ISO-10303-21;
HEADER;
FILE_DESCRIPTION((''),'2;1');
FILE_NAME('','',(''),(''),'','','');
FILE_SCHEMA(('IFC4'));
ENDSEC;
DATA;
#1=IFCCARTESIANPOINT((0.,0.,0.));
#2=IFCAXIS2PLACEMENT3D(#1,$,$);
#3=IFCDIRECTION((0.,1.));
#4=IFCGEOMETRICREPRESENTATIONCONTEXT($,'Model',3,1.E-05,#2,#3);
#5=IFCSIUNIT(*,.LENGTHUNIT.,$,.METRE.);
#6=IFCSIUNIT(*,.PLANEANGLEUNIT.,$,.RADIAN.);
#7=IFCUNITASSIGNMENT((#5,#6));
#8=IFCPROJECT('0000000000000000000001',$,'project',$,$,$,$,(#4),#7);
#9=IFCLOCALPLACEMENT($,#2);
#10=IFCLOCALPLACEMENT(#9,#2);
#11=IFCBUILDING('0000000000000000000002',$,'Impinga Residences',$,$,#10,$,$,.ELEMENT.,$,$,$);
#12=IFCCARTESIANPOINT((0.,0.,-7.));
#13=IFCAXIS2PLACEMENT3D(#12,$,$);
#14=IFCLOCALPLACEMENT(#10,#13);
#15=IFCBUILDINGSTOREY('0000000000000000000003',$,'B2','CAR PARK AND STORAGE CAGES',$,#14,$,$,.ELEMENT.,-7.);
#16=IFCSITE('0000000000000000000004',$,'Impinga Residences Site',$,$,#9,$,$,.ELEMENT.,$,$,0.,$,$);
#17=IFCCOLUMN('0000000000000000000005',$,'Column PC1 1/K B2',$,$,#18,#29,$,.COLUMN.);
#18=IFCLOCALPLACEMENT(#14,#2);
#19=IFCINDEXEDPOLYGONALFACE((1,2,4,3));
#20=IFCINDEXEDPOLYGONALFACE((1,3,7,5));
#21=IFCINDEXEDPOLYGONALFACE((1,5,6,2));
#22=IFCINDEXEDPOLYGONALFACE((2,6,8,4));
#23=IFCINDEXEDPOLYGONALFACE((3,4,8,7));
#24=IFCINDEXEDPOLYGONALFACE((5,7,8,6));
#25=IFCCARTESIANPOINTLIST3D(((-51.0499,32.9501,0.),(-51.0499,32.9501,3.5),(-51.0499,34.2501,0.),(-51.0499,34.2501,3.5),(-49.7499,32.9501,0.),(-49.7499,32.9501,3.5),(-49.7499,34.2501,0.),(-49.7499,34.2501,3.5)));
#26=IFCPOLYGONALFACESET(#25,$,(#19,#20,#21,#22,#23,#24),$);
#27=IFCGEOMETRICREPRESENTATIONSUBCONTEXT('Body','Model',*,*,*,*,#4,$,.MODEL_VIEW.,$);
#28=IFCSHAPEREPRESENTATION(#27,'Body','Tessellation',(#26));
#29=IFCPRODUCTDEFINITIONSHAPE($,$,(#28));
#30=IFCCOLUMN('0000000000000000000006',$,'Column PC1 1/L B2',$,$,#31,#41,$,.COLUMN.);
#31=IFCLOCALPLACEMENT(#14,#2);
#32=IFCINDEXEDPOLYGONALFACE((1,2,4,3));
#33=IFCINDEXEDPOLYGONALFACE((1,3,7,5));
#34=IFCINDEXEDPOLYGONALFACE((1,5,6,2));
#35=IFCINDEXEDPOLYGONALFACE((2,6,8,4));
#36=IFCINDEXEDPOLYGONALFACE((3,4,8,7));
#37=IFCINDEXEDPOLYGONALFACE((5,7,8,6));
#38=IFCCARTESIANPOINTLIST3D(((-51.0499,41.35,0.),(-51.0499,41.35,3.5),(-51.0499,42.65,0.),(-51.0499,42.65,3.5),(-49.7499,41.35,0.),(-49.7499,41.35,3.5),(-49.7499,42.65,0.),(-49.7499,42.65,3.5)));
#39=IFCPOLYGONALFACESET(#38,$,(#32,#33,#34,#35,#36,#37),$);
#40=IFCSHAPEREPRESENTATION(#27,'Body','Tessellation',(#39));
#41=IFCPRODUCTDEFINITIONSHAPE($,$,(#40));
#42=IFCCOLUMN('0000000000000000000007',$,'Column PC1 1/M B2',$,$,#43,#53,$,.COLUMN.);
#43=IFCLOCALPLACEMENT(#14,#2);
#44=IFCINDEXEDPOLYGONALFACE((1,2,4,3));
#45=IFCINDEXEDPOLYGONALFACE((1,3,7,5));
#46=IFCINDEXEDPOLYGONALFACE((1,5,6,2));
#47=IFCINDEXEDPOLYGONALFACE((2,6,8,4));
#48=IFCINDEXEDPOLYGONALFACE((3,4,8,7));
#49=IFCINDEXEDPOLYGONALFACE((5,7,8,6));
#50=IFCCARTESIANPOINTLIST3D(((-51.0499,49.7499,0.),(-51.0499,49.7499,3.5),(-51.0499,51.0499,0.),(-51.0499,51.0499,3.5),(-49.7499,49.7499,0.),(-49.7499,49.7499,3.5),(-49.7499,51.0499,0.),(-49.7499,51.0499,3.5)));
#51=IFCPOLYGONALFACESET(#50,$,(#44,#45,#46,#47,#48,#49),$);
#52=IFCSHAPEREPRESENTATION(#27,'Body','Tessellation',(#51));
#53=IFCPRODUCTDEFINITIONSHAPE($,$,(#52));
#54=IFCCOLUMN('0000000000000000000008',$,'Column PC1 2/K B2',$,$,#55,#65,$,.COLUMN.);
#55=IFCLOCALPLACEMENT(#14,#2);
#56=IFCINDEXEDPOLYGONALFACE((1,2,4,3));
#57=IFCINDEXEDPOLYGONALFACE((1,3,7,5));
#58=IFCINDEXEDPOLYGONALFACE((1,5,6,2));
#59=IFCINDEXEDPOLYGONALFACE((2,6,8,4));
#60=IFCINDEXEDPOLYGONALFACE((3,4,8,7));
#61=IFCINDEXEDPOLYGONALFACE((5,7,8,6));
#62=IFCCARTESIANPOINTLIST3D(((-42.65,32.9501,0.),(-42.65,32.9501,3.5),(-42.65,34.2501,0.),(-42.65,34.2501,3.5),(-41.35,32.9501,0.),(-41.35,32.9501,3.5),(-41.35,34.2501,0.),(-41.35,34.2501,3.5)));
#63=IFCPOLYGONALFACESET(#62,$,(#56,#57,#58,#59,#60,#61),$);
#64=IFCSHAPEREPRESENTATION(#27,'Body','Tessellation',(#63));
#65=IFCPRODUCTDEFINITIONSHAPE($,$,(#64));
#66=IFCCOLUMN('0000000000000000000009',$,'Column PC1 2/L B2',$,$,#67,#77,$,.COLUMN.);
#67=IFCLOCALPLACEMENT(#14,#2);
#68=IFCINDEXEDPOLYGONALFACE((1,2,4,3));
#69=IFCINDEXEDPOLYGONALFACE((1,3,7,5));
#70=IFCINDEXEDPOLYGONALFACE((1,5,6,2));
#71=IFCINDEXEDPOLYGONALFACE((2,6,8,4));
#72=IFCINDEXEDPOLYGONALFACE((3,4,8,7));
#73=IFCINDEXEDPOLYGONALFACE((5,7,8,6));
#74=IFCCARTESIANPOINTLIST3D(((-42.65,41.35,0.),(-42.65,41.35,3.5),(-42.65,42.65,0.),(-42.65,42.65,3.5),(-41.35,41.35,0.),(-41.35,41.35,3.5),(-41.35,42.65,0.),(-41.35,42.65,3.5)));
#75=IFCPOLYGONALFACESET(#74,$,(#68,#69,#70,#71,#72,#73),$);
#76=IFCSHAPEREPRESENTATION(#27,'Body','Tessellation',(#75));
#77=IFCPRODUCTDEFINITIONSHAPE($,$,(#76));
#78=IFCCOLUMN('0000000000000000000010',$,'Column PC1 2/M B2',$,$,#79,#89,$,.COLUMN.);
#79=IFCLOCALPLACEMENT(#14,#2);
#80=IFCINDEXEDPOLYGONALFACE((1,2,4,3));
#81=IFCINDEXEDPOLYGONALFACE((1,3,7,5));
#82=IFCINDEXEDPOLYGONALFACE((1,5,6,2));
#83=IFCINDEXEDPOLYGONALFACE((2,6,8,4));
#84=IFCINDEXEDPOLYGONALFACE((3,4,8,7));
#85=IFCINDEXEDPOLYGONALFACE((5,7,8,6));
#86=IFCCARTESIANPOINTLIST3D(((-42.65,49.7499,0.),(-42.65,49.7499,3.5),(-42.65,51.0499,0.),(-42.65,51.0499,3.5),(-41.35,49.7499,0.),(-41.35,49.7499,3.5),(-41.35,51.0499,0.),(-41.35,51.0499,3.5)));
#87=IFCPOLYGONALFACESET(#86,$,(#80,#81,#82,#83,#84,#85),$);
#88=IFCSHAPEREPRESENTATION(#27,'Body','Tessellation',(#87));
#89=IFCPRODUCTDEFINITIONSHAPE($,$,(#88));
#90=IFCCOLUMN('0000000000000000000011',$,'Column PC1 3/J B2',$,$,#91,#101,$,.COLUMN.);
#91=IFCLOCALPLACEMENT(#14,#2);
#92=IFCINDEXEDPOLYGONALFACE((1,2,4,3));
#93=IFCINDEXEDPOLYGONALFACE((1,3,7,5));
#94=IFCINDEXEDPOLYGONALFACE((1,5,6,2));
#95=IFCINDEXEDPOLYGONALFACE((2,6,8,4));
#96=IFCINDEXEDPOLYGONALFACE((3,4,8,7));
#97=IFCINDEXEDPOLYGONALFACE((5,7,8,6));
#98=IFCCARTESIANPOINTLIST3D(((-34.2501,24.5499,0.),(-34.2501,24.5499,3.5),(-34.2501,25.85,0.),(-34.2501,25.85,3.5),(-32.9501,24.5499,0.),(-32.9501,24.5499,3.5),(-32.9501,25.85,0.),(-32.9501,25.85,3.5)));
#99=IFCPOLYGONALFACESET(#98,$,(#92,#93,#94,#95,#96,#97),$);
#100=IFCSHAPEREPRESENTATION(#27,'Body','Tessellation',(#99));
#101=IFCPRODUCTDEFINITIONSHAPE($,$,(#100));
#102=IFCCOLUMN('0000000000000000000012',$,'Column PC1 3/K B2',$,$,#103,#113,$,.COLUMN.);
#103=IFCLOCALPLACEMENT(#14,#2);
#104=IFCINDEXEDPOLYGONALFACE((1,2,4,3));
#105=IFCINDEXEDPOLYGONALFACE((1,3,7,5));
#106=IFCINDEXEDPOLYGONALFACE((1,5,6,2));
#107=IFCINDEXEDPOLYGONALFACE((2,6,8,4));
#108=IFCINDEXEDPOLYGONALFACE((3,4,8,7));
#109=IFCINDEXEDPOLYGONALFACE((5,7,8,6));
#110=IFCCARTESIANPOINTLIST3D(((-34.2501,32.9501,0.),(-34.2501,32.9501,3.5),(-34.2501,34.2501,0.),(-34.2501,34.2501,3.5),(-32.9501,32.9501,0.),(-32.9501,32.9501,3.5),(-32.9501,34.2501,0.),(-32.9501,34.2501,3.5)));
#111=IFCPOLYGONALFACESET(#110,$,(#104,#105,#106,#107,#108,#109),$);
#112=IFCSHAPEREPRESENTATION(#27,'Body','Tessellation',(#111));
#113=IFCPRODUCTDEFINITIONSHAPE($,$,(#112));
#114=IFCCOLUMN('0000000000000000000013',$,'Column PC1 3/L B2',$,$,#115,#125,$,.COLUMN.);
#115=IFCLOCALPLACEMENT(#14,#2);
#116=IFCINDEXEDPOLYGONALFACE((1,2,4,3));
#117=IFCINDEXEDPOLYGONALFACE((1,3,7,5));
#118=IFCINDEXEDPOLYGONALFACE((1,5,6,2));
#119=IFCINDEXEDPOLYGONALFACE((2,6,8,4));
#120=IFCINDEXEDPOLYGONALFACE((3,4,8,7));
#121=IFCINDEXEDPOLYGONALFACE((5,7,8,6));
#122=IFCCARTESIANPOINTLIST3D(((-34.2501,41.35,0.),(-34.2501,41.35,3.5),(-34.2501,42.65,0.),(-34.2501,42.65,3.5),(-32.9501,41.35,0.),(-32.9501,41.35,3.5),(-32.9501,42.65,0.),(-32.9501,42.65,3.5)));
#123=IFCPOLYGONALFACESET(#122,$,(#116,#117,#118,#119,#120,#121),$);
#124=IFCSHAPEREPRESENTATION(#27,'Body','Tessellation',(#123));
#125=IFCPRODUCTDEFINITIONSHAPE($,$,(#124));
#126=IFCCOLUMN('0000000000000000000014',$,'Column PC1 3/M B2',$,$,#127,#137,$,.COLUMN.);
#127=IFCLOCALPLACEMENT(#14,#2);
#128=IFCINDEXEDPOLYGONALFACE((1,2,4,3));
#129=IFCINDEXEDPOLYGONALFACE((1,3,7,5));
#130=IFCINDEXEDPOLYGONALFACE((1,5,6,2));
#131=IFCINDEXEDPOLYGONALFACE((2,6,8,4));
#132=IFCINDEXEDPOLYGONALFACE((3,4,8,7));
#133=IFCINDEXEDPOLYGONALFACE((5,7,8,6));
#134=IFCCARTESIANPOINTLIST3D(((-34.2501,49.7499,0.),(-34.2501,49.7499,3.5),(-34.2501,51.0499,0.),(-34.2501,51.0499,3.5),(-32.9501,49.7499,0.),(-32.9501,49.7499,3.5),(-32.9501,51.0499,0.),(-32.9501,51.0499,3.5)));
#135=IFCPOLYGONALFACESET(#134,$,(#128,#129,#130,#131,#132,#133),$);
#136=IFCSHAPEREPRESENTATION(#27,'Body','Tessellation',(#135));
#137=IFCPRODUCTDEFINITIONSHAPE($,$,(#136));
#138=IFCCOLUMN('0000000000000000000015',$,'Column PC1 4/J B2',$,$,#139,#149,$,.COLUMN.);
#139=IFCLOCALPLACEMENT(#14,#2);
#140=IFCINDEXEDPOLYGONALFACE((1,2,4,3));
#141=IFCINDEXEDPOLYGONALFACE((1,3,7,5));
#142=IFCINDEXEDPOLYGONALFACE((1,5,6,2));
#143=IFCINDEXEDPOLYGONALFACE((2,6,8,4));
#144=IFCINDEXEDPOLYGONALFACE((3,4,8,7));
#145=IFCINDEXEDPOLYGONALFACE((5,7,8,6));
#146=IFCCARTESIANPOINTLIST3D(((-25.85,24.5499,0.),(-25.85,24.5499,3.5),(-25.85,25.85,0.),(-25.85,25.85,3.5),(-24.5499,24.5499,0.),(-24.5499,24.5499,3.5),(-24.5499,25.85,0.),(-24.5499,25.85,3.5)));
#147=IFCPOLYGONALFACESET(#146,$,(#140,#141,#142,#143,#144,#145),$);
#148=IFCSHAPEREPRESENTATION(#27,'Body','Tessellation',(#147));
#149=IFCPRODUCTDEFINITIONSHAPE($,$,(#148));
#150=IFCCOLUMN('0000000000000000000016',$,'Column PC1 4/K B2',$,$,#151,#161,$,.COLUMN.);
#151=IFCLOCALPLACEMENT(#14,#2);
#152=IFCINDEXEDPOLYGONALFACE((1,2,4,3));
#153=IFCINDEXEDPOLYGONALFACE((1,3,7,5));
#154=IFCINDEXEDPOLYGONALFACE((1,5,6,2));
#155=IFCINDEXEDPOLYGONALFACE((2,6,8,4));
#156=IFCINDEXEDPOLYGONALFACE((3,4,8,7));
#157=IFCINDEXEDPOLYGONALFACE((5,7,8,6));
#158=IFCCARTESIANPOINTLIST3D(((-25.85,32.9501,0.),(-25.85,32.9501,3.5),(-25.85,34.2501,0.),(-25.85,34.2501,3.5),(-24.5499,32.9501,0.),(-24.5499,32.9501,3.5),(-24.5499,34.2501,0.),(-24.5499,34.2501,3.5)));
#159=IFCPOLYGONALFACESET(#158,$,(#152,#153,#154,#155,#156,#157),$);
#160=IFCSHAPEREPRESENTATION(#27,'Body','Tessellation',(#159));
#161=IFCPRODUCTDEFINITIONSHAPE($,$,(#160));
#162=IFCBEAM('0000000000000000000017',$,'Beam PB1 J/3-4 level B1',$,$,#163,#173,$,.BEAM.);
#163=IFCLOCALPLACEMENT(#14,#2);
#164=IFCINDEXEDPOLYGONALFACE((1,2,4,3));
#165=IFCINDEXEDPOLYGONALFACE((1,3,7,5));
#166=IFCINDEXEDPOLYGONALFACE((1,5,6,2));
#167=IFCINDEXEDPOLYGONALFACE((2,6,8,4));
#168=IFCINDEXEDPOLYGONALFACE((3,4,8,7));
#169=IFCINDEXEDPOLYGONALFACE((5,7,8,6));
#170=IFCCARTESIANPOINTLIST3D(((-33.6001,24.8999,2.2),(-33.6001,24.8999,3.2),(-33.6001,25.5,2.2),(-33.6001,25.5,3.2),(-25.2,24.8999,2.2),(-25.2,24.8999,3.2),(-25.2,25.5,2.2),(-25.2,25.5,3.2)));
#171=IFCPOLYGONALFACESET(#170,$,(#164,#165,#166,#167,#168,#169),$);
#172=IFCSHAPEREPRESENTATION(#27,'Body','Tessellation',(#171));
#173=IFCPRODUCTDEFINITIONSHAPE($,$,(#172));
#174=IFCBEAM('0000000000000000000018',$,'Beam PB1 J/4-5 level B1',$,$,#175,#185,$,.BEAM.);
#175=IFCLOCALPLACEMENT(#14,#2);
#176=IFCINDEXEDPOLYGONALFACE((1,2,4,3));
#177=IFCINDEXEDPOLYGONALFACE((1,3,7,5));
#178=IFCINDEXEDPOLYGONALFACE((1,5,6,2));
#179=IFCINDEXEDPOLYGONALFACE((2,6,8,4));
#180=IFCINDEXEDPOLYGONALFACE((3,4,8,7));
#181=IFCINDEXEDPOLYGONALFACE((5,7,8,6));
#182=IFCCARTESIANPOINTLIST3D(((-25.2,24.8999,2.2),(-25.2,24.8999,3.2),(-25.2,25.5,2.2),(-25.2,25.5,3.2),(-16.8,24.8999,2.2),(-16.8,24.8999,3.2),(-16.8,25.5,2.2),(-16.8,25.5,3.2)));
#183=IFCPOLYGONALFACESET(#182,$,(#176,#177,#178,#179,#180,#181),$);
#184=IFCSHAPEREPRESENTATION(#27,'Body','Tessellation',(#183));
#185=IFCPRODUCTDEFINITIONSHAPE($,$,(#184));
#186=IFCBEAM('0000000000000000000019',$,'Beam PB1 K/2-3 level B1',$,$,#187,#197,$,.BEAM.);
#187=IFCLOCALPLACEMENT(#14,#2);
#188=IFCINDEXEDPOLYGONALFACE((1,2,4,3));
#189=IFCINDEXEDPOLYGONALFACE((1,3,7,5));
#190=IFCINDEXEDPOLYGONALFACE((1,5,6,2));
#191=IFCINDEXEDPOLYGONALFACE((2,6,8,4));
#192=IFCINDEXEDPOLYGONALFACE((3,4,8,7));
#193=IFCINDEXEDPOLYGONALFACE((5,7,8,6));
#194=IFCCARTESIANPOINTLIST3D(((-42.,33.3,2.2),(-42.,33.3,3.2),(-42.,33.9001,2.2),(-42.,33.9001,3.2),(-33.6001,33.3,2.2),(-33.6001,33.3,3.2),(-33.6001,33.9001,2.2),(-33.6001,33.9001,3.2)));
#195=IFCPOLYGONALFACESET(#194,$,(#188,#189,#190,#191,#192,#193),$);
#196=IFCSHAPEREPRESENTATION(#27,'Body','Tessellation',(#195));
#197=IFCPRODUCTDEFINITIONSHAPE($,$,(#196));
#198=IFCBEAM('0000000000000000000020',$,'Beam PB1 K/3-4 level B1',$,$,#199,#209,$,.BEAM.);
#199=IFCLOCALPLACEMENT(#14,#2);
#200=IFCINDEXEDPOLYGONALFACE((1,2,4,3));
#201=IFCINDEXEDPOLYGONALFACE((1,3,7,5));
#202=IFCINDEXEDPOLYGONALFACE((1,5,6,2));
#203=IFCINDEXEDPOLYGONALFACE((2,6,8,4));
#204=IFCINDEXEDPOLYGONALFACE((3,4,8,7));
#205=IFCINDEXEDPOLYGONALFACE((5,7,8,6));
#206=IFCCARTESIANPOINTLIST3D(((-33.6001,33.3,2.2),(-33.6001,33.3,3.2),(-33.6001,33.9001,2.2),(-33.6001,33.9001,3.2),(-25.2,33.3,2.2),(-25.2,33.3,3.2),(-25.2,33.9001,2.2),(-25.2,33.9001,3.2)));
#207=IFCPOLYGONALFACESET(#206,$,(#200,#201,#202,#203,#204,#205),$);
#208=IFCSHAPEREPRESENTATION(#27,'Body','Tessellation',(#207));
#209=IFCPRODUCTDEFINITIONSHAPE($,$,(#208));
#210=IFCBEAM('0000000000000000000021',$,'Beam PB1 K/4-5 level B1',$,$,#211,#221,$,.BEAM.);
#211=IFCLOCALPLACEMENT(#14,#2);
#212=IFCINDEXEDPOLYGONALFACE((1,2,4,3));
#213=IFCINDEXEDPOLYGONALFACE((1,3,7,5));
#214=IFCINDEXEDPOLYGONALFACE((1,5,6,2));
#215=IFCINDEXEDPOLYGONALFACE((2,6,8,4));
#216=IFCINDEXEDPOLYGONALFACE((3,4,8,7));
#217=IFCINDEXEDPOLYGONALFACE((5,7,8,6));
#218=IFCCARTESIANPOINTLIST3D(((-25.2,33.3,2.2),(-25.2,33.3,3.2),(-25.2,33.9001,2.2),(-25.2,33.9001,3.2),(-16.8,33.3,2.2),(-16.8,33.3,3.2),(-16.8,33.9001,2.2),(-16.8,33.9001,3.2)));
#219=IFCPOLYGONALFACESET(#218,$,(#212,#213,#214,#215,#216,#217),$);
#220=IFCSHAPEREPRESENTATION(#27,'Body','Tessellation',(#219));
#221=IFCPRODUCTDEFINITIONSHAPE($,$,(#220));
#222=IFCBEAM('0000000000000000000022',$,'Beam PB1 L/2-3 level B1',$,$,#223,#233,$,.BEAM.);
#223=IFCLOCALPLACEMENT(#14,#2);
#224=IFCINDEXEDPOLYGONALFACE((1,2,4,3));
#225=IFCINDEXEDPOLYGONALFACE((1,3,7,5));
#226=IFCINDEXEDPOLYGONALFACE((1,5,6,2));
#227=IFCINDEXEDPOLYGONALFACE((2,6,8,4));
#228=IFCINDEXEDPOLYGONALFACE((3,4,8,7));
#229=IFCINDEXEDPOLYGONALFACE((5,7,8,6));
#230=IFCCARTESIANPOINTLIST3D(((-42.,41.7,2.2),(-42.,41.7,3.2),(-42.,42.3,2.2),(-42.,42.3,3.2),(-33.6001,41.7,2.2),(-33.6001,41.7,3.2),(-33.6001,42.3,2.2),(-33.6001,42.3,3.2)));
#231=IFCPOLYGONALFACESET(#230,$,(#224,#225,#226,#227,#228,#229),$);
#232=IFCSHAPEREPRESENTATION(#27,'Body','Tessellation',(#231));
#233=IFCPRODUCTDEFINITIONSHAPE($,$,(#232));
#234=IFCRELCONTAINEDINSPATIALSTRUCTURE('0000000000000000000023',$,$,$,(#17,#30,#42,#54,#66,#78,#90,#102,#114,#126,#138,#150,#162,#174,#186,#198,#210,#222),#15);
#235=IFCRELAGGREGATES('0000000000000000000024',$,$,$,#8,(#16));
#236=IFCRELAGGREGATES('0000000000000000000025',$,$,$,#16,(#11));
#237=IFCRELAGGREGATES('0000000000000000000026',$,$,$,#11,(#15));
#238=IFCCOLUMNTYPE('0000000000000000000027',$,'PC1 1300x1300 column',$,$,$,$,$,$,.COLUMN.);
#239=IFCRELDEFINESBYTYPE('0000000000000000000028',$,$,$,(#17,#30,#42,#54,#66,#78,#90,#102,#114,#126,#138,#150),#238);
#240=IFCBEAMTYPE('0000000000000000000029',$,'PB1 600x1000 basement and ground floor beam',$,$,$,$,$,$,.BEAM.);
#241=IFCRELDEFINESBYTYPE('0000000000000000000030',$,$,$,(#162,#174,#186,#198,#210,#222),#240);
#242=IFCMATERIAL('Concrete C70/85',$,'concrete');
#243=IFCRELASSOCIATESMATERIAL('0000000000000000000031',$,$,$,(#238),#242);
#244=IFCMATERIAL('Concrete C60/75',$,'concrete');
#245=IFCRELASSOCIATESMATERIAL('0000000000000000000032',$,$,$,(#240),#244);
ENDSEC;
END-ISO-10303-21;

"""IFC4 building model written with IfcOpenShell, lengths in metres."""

from ifc_helpers import new_model, si_unit, direction, frame, origin, origin_2d, place, context, subcontext, project, spatial, rectangle, extrude, material, material_profile, profile_set, type_object, element, save


model = new_model("IFC4")

# Units and contexts
model_context = context("Model", 3, precision=1e-05, world=origin(), true_north=direction((0.0, 1.0)))
body_context = subcontext(model_context, "Body", "Model", "MODEL_VIEW")
ifc_project = project(units=[si_unit("LENGTHUNIT", "METRE"), si_unit("PLANEANGLEUNIT", "RADIAN")], contexts=[model_context])

# Site, building, storey
site_placement = place(None, origin())
site = spatial("IfcSite", under=ifc_project, at=site_placement, Name="Impinga Residences Site", CompositionType="ELEMENT", RefElevation=0.0)
building_placement = place(site_placement, origin())
building = spatial("IfcBuilding", under=site, at=building_placement, Name="Impinga Residences", CompositionType="ELEMENT")
storey_placement = place(building_placement, frame((0.0, 0.0, -7.0)))
storey = spatial("IfcBuildingStorey", under=building, at=storey_placement, Name="B2", Description="CAR PARK AND STORAGE CAGES", CompositionType="ELEMENT", Elevation=-7.0)

# Columns
ifc_material_1 = material(Name="Concrete C70/85", Category="concrete")
ifc_material_profile_1 = material_profile(ifc_material_1, rectangle(XDim=1.3, YDim=1.3, at=origin_2d()), Name="RC 1300x1300")
ifc_profile_set_1 = profile_set([ifc_material_profile_1], Name="Concrete C70/85")
column_type = type_object("IfcColumnType", Name="PC1 1300x1300 column", PredefinedType="COLUMN", material=ifc_profile_set_1)
for number, where, z_axis, x_axis, name in (
    (1, (-50.3999, 33.6001, 0.0), (0.0, 0.0, 1.0), (1.0, 0.0, 0.0), "Column PC1 1/K B2"),
    (2, (-50.3999, 42.0, 0.0), (0.0, 0.0, 1.0), (1.0, 0.0, 0.0), "Column PC1 1/L B2"),
    (3, (-50.3999, 50.3999, 0.0), (0.0, 0.0, 1.0), (1.0, 0.0, 0.0), "Column PC1 1/M B2"),
    (4, (-42.0, 33.6001, 0.0), (0.0, 0.0, 1.0), (1.0, 0.0, 0.0), "Column PC1 2/K B2"),
    (5, (-42.0, 42.0, 0.0), (0.0, 0.0, 1.0), (1.0, 0.0, 0.0), "Column PC1 2/L B2"),
    (6, (-42.0, 50.3999, 0.0), (0.0, 0.0, 1.0), (1.0, 0.0, 0.0), "Column PC1 2/M B2"),
    (7, (-33.6001, 25.2, 0.0), (0.0, 0.0, 1.0), (1.0, 0.0, 0.0), "Column PC1 3/J B2"),
    (8, (-33.6001, 33.6001, 0.0), (0.0, 0.0, 1.0), (1.0, 0.0, 0.0), "Column PC1 3/K B2"),
    (9, (-33.6001, 42.0, 0.0), (0.0, 0.0, 1.0), (1.0, 0.0, 0.0), "Column PC1 3/L B2"),
    (10, (-33.6001, 50.3999, 0.0), (0.0, 0.0, 1.0), (1.0, 0.0, 0.0), "Column PC1 3/M B2"),
    (11, (-25.2, 25.2, 0.0), (0.0, 0.0, 1.0), (1.0, 0.0, 0.0), "Column PC1 4/J B2"),
    (12, (-25.2, 33.6001, 0.0), (0.0, 0.0, 1.0), (1.0, 0.0, 0.0), "Column PC1 4/K B2"),
):
    element("IfcColumn", number, at=place(storey_placement, frame(where, z_axis=z_axis, x_axis=x_axis)), inside=storey, type_object=column_type, Name=name, PredefinedType="COLUMN", context=body_context, shape_type="SweptSolid", body=[
        extrude(rectangle(XDim=1.3, YDim=1.3, at=origin_2d()), origin(), (0.0, 0.0, 1.0), 3.5),
    ])

# Beams
ifc_material_2 = material(Name="Concrete C60/75", Category="concrete")
ifc_material_profile_2 = material_profile(ifc_material_2, rectangle(XDim=0.6001, YDim=1.0, at=origin_2d()), Name="RC 600x1000")
ifc_profile_set_2 = profile_set([ifc_material_profile_2], Name="Concrete C60/75")
beam_type = type_object("IfcBeamType", Name="PB1 600x1000 basement and ground floor beam", PredefinedType="BEAM", material=ifc_profile_set_2)
beam_1_placement = place(storey_placement, frame((-33.6001, 25.2, 2.7), z_axis=(1.0, 0.0, 0.0), x_axis=(0.0, 1.0, 0.0)))
element("IfcBeam", 13, at=beam_1_placement, inside=storey, type_object=beam_type, Name="Beam PB1 J/3-4 level B1", PredefinedType="BEAM", context=body_context, shape_type="SweptSolid", body=[
    extrude(rectangle(XDim=0.6001, YDim=1.0, at=origin_2d()), origin(), (0.0, 0.0, 1.0), 8.4001),
])
for number, where, z_axis, x_axis, name in (
    (14, (-25.2, 25.2, 2.7), (1.0, 0.0, 0.0), (0.0, 1.0, 0.0), "Beam PB1 J/4-5 level B1"),
    (15, (-42.0, 33.6001, 2.7), (1.0, 0.0, 0.0), (0.0, 1.0, 0.0), "Beam PB1 K/2-3 level B1"),
):
    element("IfcBeam", number, at=place(storey_placement, frame(where, z_axis=z_axis, x_axis=x_axis)), inside=storey, type_object=beam_type, Name=name, PredefinedType="BEAM", context=body_context, shape_type="SweptSolid", body=[
        extrude(rectangle(XDim=0.6001, YDim=1.0, at=origin_2d()), origin(), (0.0, 0.0, 1.0), 8.3999),
    ])
beam_2_placement = place(storey_placement, frame((-33.6001, 33.6001, 2.7), z_axis=(1.0, 0.0, 0.0), x_axis=(0.0, 1.0, 0.0)))
element("IfcBeam", 16, at=beam_2_placement, inside=storey, type_object=beam_type, Name="Beam PB1 K/3-4 level B1", PredefinedType="BEAM", context=body_context, shape_type="SweptSolid", body=[
    extrude(rectangle(XDim=0.6001, YDim=1.0, at=origin_2d()), origin(), (0.0, 0.0, 1.0), 8.4001),
])
for number, where, z_axis, x_axis, name in (
    (17, (-25.2, 33.6001, 2.7), (1.0, 0.0, 0.0), (0.0, 1.0, 0.0), "Beam PB1 K/4-5 level B1"),
    (18, (-42.0, 42.0, 2.7), (1.0, 0.0, 0.0), (0.0, 1.0, 0.0), "Beam PB1 L/2-3 level B1"),
):
    element("IfcBeam", number, at=place(storey_placement, frame(where, z_axis=z_axis, x_axis=x_axis)), inside=storey, type_object=beam_type, Name=name, PredefinedType="BEAM", context=body_context, shape_type="SweptSolid", body=[
        extrude(rectangle(XDim=0.6001, YDim=1.0, at=origin_2d()), origin(), (0.0, 0.0, 1.0), 8.3999),
    ])

save(model, "model.ifc")
